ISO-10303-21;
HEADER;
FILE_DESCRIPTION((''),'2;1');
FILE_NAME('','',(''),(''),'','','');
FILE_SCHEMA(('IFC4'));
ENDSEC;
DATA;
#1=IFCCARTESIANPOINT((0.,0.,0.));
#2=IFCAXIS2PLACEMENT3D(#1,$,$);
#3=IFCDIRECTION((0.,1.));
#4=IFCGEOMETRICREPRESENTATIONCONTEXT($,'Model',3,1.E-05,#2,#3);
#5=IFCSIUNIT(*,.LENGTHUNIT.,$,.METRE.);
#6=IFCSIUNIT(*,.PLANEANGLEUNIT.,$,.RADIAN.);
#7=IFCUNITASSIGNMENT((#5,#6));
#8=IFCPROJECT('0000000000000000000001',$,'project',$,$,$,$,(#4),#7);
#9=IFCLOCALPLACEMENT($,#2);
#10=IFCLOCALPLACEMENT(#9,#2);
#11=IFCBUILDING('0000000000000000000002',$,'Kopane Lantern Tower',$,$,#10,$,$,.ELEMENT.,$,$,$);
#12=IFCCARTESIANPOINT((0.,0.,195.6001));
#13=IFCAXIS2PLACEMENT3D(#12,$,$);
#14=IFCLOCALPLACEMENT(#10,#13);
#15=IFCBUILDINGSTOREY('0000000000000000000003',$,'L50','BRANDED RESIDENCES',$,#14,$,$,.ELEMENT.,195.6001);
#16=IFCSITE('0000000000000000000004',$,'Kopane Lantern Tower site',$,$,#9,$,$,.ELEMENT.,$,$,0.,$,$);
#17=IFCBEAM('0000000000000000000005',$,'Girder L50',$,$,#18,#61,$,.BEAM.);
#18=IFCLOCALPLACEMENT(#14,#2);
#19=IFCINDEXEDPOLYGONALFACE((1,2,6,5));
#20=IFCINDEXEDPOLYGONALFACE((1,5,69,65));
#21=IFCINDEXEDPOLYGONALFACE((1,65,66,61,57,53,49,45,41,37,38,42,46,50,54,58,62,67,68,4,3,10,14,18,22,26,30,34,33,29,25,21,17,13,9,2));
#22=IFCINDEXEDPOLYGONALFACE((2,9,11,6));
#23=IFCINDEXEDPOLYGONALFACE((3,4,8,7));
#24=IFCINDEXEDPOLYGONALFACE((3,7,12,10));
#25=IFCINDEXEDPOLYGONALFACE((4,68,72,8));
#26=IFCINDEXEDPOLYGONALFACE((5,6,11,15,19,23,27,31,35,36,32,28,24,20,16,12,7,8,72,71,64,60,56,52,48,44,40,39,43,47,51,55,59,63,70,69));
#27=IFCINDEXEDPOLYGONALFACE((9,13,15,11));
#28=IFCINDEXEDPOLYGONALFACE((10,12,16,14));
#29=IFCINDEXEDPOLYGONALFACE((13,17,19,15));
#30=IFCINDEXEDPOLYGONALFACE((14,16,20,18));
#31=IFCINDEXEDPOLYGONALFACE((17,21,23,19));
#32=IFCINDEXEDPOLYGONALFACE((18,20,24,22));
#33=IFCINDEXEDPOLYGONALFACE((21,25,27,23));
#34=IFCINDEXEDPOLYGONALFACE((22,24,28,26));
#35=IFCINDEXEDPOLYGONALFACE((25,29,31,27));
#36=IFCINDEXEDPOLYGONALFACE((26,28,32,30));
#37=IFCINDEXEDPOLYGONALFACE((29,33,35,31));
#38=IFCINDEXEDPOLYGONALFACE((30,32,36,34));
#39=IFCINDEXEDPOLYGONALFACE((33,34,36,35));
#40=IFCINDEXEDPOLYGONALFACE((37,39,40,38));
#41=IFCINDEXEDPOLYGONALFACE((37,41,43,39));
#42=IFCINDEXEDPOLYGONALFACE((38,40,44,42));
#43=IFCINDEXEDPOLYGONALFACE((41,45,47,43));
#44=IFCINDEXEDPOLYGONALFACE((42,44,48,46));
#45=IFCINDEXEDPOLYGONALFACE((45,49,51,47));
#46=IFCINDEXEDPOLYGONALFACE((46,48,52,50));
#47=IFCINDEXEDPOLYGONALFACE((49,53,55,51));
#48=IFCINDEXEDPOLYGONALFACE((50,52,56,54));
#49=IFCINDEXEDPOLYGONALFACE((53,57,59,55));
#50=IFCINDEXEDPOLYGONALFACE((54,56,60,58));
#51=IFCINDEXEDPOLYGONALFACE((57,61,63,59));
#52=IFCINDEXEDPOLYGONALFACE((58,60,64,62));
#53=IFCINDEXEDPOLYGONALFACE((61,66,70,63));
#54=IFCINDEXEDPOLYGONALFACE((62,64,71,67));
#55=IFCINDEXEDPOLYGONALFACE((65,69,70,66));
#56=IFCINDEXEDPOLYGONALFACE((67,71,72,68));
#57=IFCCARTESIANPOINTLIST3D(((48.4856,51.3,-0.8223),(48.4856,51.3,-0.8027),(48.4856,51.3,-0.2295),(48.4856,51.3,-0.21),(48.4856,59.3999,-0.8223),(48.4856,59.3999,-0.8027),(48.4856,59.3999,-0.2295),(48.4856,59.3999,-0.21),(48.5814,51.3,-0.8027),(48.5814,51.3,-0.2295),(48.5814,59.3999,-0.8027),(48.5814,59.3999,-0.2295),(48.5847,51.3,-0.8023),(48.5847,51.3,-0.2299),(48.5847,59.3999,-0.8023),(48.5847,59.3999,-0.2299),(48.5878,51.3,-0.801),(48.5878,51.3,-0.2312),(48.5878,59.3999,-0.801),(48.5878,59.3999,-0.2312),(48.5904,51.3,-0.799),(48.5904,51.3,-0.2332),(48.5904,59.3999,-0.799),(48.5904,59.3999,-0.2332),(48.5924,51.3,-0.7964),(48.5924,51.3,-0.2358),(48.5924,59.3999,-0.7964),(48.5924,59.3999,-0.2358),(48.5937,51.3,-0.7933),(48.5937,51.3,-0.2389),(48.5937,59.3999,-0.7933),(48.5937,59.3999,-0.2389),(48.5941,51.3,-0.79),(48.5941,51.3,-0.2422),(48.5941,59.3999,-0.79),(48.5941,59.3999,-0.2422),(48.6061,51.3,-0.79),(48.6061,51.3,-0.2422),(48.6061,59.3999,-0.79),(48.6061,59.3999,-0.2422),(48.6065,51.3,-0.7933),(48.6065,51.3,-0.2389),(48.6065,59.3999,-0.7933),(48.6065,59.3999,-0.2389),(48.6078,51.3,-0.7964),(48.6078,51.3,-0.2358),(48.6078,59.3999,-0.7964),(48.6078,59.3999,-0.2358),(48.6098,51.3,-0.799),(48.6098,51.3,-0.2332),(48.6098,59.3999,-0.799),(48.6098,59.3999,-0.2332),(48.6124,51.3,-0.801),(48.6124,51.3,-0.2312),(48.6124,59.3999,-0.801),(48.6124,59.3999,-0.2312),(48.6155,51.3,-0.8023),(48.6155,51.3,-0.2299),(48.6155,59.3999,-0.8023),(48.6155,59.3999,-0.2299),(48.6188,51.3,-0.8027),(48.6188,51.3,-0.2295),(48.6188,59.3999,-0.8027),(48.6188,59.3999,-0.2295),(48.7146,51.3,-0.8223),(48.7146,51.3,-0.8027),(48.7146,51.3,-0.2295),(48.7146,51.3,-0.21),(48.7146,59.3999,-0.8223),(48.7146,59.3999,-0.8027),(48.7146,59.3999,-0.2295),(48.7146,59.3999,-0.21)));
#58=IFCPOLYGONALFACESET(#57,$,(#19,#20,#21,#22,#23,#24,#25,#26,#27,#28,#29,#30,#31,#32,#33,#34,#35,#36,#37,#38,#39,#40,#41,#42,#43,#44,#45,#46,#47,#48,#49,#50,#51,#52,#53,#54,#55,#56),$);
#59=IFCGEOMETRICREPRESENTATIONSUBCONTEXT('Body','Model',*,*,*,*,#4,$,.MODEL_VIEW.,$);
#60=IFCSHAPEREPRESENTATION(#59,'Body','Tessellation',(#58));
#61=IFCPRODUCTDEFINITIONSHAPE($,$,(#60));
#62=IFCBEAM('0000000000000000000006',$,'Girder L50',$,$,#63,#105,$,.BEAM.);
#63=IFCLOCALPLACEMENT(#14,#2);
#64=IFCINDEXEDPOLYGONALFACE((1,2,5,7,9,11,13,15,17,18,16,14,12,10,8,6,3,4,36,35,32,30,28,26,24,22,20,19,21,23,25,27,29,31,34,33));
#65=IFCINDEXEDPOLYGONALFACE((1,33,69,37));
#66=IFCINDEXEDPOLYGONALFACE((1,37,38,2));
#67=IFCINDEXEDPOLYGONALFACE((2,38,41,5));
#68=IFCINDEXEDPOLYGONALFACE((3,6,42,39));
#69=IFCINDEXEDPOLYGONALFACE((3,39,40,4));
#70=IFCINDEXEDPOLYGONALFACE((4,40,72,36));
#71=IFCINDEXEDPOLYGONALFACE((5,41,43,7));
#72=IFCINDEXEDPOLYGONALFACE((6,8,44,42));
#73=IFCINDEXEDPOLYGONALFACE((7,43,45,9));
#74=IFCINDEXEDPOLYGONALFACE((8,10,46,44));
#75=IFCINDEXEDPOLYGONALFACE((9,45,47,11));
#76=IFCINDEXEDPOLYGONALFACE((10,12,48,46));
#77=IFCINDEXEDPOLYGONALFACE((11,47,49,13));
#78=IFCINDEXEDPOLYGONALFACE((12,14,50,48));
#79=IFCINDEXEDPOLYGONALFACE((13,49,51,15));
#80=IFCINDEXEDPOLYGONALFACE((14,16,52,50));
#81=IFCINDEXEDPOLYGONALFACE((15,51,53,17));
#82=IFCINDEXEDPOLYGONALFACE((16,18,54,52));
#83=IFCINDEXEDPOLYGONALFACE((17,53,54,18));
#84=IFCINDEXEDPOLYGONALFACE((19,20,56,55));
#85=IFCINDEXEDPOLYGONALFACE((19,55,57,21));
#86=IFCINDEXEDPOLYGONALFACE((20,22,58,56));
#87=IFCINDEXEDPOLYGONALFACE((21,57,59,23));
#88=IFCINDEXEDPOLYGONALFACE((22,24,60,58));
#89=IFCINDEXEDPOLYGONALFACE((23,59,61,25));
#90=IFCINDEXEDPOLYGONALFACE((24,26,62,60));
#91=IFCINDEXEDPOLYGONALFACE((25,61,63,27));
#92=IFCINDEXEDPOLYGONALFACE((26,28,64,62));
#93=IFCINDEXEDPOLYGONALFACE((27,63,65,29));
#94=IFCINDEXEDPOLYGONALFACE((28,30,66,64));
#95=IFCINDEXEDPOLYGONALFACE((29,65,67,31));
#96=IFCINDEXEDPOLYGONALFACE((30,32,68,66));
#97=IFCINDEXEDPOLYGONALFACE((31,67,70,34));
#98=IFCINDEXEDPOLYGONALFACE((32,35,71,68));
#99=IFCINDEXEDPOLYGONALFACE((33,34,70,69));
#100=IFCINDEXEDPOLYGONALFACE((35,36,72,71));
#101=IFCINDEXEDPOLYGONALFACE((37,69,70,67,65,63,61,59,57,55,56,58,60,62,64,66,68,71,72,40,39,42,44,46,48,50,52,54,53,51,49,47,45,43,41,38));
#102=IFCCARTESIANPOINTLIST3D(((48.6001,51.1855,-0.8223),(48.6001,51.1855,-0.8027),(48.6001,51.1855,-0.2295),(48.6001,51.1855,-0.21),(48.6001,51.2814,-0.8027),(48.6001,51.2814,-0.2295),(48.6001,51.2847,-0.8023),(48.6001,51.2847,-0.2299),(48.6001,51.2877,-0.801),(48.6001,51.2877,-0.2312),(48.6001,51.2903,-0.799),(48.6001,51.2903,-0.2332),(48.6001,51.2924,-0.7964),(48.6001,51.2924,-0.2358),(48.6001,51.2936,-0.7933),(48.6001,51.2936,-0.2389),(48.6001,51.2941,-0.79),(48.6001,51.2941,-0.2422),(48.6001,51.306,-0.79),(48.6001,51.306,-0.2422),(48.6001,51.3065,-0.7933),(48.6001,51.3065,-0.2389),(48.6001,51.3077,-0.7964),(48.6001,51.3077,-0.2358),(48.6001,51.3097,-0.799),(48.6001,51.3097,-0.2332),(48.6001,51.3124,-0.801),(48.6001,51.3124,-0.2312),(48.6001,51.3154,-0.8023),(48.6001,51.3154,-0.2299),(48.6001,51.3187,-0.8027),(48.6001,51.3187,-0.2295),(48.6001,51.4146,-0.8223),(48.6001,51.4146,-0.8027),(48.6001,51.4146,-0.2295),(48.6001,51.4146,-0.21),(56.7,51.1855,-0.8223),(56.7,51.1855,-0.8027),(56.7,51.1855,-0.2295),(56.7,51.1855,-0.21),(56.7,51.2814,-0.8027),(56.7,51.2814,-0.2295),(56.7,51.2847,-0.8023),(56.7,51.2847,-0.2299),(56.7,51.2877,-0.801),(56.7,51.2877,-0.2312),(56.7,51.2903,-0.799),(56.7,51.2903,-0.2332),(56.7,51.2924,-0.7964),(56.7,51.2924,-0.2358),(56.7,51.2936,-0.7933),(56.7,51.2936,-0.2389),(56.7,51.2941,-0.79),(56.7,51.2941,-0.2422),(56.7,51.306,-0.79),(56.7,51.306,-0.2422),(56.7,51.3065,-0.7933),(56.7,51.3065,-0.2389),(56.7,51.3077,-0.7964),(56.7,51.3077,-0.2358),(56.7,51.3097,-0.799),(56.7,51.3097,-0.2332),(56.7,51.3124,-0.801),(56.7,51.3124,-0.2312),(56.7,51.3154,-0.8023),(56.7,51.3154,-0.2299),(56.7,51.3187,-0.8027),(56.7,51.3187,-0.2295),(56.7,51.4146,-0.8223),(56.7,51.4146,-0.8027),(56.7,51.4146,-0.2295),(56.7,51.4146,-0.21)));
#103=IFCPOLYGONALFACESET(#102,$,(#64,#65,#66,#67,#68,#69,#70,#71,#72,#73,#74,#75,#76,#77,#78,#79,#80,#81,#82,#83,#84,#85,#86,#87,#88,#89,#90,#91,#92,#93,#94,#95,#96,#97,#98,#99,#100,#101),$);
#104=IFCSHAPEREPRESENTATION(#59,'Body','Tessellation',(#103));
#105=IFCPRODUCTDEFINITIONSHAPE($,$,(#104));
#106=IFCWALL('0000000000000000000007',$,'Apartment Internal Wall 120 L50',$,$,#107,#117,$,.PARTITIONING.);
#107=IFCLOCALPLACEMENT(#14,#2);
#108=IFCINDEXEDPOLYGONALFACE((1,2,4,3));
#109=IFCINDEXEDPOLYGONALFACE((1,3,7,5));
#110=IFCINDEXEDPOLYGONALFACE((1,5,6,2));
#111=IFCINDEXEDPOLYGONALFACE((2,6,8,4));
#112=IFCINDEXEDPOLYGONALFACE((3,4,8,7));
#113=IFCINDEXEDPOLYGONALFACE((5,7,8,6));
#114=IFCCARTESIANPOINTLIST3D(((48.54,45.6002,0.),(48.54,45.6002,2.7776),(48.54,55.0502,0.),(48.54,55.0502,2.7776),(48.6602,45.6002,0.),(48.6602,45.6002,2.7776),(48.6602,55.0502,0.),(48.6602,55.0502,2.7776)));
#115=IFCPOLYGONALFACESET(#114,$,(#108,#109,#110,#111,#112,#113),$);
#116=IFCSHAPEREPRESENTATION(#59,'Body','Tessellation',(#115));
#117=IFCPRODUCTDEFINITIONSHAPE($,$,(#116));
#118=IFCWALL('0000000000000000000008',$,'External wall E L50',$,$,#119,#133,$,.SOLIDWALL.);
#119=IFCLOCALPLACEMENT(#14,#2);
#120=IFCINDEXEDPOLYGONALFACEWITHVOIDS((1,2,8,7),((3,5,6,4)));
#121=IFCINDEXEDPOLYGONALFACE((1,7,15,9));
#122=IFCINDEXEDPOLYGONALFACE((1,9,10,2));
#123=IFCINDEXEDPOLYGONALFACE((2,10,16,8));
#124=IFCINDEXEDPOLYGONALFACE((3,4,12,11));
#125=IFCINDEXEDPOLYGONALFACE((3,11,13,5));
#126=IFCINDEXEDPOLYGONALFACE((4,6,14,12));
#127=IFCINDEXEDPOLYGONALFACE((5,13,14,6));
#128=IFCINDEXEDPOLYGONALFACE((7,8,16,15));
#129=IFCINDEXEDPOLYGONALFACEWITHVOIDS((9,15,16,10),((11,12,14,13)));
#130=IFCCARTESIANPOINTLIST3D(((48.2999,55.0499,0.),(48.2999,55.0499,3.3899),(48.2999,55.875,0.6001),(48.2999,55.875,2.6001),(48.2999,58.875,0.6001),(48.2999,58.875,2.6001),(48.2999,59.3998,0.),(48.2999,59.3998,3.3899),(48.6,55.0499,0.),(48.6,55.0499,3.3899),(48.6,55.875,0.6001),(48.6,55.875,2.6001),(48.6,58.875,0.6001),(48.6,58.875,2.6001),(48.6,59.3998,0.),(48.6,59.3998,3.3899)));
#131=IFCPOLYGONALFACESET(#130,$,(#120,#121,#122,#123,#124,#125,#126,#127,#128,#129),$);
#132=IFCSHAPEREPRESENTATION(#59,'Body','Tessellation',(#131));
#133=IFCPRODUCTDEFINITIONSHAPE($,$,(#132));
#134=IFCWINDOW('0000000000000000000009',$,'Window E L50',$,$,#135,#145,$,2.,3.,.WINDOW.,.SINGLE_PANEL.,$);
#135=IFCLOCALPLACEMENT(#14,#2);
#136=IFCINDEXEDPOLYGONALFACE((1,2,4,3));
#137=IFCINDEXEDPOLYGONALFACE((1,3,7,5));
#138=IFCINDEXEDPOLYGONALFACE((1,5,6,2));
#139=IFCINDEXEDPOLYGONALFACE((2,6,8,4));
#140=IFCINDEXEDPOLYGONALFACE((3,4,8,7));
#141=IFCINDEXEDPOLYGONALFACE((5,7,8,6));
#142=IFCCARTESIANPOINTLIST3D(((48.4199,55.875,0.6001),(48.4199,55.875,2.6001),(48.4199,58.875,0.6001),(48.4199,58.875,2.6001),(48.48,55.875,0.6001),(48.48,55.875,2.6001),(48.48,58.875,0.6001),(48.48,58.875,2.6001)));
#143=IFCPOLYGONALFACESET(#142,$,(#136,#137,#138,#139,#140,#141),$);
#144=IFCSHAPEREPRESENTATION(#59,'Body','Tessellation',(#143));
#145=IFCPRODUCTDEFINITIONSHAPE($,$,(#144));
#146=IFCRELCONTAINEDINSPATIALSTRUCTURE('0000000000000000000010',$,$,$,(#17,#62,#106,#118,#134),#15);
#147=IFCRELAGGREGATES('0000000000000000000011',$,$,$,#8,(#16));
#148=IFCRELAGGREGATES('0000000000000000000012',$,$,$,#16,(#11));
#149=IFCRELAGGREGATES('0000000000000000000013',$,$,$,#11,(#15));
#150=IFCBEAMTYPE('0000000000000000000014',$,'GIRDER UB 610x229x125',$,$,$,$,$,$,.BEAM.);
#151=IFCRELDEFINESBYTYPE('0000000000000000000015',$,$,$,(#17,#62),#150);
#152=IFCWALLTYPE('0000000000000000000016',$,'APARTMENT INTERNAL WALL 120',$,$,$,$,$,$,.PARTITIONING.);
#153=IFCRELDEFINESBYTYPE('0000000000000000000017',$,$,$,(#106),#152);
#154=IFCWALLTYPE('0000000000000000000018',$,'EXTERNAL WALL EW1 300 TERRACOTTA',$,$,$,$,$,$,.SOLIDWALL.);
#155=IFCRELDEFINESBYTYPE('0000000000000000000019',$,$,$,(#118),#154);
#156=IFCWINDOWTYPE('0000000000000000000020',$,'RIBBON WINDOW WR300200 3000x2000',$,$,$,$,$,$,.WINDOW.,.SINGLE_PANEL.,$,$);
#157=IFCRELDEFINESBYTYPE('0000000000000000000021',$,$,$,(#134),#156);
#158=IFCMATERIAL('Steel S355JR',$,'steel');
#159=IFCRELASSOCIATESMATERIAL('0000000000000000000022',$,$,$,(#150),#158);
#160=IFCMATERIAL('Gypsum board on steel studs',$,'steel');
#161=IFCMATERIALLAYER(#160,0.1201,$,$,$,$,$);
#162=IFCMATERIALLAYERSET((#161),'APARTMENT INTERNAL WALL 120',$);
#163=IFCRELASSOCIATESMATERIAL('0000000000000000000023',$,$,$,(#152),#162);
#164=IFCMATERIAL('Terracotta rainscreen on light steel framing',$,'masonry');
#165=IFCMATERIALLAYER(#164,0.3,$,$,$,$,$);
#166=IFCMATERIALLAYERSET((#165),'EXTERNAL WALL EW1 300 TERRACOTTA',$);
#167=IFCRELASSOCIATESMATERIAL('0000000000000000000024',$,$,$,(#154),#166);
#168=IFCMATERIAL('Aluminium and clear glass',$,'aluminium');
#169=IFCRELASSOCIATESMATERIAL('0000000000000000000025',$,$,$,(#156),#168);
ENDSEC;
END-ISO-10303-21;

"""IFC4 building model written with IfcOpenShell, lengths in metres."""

from ifc_helpers import new_model, si_unit, direction, frame, frame_2d, origin, origin_2d, place, context, subcontext, project, spatial, rectangle, i_section, extrude, material, layer, layer_set, material_profile, profile_set, type_object, element, fill, save


model = new_model("IFC4")

# Units and contexts
model_context = context("Model", 3, precision=1e-05, world=origin(), true_north=direction((0.0, 1.0)))
body_context = subcontext(model_context, "Body", "Model", "MODEL_VIEW")
ifc_project = project(units=[si_unit("LENGTHUNIT", "METRE"), si_unit("PLANEANGLEUNIT", "RADIAN")], contexts=[model_context])

# Site, building, storey
site_placement = place(None, origin())
site = spatial("IfcSite", under=ifc_project, at=site_placement, Name="Kopane Lantern Tower site", CompositionType="ELEMENT", RefElevation=0.0)
building_placement = place(site_placement, origin())
building = spatial("IfcBuilding", under=site, at=building_placement, Name="Kopane Lantern Tower", CompositionType="ELEMENT")
storey_placement = place(building_placement, frame((0.0, 0.0, 195.6001)))
storey = spatial("IfcBuildingStorey", under=building, at=storey_placement, Name="L50", Description="BRANDED RESIDENCES", CompositionType="ELEMENT", Elevation=195.6001)

# Beams
ifc_material_1 = material(Name="Steel S355JR", Category="steel")
ifc_material_profile_1 = material_profile(ifc_material_1, i_section(OverallWidth=0.229, OverallDepth=0.6123, WebThickness=0.012, FlangeThickness=0.0195, FilletRadius=0.0127, at=origin_2d()), Name="UB 610x229x125")
ifc_profile_set_1 = profile_set([ifc_material_profile_1], Name="Steel S355JR")
beam_type = type_object("IfcBeamType", Name="GIRDER UB 610x229x125", PredefinedType="BEAM", material=ifc_profile_set_1)
for number, where, z_axis, x_axis, name in (
    (1, (48.6001, 51.3, -0.5161), (0.0, 1.0, 0.0), (-1.0, 0.0, 0.0), "Girder L50"),
    (2, (48.6001, 51.3, -0.5161), (1.0, 0.0, 0.0), (0.0, 1.0, 0.0), "Girder L50"),
):
    element("IfcBeam", number, at=place(storey_placement, frame(where, z_axis=z_axis, x_axis=x_axis)), inside=storey, type_object=beam_type, Name=name, PredefinedType="BEAM", context=body_context, shape_type="SweptSolid", body=[
        extrude(i_section(OverallWidth=0.229, OverallDepth=0.6123, WebThickness=0.012, FlangeThickness=0.0195, FilletRadius=0.0127, at=origin_2d()), origin(), (0.0, 0.0, 1.0), 8.0999),
    ])

# Wall
ifc_material_2 = material(Name="Gypsum board on steel studs", Category="steel")
ifc_layer_1 = layer(ifc_material_2, 0.1201)
ifc_layer_set_1 = layer_set([ifc_layer_1], Name="APARTMENT INTERNAL WALL 120")
wall_type_1 = type_object("IfcWallType", Name="APARTMENT INTERNAL WALL 120", PredefinedType="PARTITIONING", material=ifc_layer_set_1)
wall_1_placement = place(storey_placement, frame((48.6001, 45.6001, 0.0), z_axis=(0.0, 0.0, 1.0), x_axis=(0.0, 1.0, 0.0)))
element("IfcWall", 3, at=wall_1_placement, inside=storey, type_object=wall_type_1, Name="Apartment Internal Wall 120 L50", PredefinedType="PARTITIONING", context=body_context, shape_type="SweptSolid", body=[
    extrude(rectangle(XDim=9.45, YDim=0.1201, at=frame_2d((4.7251, 0.0))), origin(), (0.0, 0.0, 1.0), 2.7776),
])

# Wall, opening, window
ifc_material_3 = material(Name="Terracotta rainscreen on light steel framing", Category="masonry")
ifc_layer_2 = layer(ifc_material_3, 0.3)
ifc_layer_set_2 = layer_set([ifc_layer_2], Name="EXTERNAL WALL EW1 300 TERRACOTTA")
wall_type_2 = type_object("IfcWallType", Name="EXTERNAL WALL EW1 300 TERRACOTTA", PredefinedType="SOLIDWALL", material=ifc_layer_set_2)
wall_2_placement = place(storey_placement, frame((48.45, 55.05, 0.0), z_axis=(0.0, 0.0, 1.0), x_axis=(0.0, 1.0, 0.0)))
wall_2 = element("IfcWall", 4, at=wall_2_placement, inside=storey, type_object=wall_type_2, Name="External wall E L50", PredefinedType="SOLIDWALL", context=body_context, shape_type="SweptSolid", body=[
    extrude(rectangle(XDim=4.3499, YDim=0.3, at=frame_2d((2.1748, 0.0))), origin(), (0.0, 0.0, 1.0), 3.3899),
])
opening_1_placement = place(wall_2_placement, frame((0.825, 0.0, 0.6001)))
opening_1 = element("IfcOpeningElement", 5, at=opening_1_placement, cuts=wall_2, PredefinedType="OPENING", context=body_context, shape_type="SweptSolid", body=[
    extrude(rectangle(XDim=3.0, YDim=2.0, at=frame_2d((1.5, 1.0))), frame((0.0, 0.1599, 0.0), z_axis=(0.0, -1.0, 0.0), x_axis=(1.0, 0.0, 0.0)), (0.0, 0.0, 1.0), 0.3201),
])
ifc_material_4 = material(Name="Aluminium and clear glass", Category="aluminium")
window_type_1 = type_object("IfcWindowType", Name="RIBBON WINDOW WR300200 3000x2000", PartitioningType="SINGLE_PANEL", PredefinedType="WINDOW", material=ifc_material_4)
window_1_placement = place(opening_1_placement, origin())
window_1 = element("IfcWindow", 6, at=window_1_placement, inside=storey, type_object=window_type_1, Name="Window E L50", OverallHeight=2.0, OverallWidth=3.0, PartitioningType="SINGLE_PANEL", PredefinedType="WINDOW", context=body_context, shape_type="SweptSolid", body=[
    extrude(rectangle(XDim=3.0, YDim=2.0, at=frame_2d((1.5, 1.0))), frame((0.0, 0.03, 0.0), z_axis=(0.0, -1.0, 0.0), x_axis=(1.0, 0.0, 0.0)), (0.0, 0.0, 1.0), 0.0601),
])
fill(opening_1, window_1)

save(model, "model.ifc")
